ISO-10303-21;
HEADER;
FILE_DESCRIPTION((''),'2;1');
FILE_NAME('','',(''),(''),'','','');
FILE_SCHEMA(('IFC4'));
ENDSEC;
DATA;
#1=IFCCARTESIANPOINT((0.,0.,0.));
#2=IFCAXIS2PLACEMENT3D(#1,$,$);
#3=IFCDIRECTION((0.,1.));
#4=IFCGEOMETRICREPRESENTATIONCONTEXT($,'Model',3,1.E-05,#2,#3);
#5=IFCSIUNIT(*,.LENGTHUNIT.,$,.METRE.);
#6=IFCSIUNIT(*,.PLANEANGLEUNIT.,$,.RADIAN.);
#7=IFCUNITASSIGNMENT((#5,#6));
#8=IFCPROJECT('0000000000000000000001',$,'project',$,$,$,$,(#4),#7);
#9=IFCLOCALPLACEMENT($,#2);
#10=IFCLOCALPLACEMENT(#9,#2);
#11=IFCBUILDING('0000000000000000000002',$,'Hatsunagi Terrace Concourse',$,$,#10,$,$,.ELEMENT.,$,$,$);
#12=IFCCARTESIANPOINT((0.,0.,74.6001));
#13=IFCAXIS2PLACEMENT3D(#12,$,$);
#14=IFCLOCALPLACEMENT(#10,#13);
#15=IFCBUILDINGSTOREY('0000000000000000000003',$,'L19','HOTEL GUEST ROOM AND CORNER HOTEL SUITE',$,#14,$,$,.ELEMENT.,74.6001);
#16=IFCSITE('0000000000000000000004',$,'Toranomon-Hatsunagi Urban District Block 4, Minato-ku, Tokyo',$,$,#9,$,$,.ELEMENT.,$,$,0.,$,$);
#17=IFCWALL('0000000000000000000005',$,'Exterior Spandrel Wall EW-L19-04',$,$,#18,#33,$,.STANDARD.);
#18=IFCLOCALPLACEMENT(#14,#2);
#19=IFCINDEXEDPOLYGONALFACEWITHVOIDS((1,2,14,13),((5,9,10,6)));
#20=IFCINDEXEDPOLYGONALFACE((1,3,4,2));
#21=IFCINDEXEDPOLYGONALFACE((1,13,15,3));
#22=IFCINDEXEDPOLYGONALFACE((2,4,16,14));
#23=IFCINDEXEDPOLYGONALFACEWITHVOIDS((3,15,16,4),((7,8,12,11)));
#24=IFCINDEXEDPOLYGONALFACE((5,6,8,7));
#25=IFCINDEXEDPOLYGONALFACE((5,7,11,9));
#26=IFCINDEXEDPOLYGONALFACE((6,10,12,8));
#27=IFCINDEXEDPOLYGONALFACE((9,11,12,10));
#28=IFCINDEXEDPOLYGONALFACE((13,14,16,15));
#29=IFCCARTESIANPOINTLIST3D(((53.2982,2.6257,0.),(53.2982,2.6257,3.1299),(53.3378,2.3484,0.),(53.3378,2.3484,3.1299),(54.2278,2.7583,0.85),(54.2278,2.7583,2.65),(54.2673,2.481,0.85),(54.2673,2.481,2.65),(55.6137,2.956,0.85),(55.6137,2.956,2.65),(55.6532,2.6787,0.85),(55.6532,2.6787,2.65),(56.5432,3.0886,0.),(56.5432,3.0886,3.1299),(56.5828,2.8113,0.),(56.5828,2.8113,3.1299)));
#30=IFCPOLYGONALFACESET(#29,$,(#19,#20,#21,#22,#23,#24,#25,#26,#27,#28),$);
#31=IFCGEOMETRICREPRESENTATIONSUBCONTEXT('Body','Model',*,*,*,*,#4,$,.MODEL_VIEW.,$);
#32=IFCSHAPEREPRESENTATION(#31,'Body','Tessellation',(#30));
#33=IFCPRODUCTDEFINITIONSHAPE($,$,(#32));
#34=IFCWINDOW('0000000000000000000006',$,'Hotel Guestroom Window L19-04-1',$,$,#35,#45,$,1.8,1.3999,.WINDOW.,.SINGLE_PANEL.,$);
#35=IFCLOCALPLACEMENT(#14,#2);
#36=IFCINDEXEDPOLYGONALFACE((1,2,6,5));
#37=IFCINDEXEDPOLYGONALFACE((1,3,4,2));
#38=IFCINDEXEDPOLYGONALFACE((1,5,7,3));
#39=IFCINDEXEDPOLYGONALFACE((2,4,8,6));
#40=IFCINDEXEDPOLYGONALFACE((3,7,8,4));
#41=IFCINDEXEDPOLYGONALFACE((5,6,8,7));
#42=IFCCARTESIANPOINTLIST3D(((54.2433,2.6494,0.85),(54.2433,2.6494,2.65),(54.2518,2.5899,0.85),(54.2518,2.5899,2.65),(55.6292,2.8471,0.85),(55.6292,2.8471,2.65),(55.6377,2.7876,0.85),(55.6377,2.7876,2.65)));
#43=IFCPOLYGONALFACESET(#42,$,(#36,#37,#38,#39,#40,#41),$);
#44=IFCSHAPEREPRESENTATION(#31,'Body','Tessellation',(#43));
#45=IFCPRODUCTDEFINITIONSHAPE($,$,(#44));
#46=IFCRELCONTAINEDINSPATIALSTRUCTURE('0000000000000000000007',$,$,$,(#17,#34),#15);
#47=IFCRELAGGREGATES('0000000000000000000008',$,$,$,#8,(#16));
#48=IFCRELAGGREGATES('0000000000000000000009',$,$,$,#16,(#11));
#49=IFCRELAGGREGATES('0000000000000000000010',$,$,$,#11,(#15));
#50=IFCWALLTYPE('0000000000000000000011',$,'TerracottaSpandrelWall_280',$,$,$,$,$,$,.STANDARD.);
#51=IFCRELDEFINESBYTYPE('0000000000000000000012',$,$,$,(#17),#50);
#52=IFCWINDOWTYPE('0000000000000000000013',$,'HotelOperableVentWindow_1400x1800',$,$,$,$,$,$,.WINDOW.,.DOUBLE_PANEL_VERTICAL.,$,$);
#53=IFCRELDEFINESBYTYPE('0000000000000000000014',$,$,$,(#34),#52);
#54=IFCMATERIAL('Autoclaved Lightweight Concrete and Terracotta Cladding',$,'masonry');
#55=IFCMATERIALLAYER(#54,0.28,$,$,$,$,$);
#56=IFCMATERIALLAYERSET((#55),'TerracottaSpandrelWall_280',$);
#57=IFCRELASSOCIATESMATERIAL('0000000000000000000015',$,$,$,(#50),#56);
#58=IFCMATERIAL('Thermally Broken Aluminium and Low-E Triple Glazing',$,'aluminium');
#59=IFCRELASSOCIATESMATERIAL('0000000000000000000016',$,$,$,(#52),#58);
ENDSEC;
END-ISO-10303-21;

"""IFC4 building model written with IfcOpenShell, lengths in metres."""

from ifc_helpers import new_model, si_unit, direction, frame, frame_2d, origin, place, context, subcontext, project, spatial, rectangle, extrude, material, layer, layer_set, type_object, element, fill, save


model = new_model("IFC4")

# Units and contexts
model_context = context("Model", 3, precision=1e-05, world=origin(), true_north=direction((0.0, 1.0)))
body_context = subcontext(model_context, "Body", "Model", "MODEL_VIEW")
ifc_project = project(units=[si_unit("LENGTHUNIT", "METRE"), si_unit("PLANEANGLEUNIT", "RADIAN")], contexts=[model_context])

# Site, building, storey
site_placement = place(None, origin())
site = spatial("IfcSite", under=ifc_project, at=site_placement, Name="Toranomon-Hatsunagi Urban District Block 4, Minato-ku, Tokyo", CompositionType="ELEMENT", RefElevation=0.0)
building_placement = place(site_placement, origin())
building = spatial("IfcBuilding", under=site, at=building_placement, Name="Hatsunagi Terrace Concourse", CompositionType="ELEMENT")
storey_placement = place(building_placement, frame((0.0, 0.0, 74.6001)))
storey = spatial("IfcBuildingStorey", under=building, at=storey_placement, Name="L19", Description="HOTEL GUEST ROOM AND CORNER HOTEL SUITE", CompositionType="ELEMENT", Elevation=74.6001)

# Wall, opening, window
ifc_material_1 = material(Name="Autoclaved Lightweight Concrete and Terracotta Cladding", Category="masonry")
ifc_layer_1 = layer(ifc_material_1, 0.28)
ifc_layer_set_1 = layer_set([ifc_layer_1], Name="TerracottaSpandrelWall_280")
wall_type_1 = type_object("IfcWallType", Name="TerracottaSpandrelWall_280", PredefinedType="STANDARD", material=ifc_layer_set_1)
wall_1_placement = place(storey_placement, frame((56.563, 2.95, 0.0), z_axis=(0.0, 0.0, 1.0), x_axis=(-0.989978, -0.141223, 0.0)))
wall_1 = element("IfcWall", 1, at=wall_1_placement, inside=storey, type_object=wall_type_1, Name="Exterior Spandrel Wall EW-L19-04", PredefinedType="STANDARD", context=body_context, shape_type="SweptSolid", body=[
    extrude(rectangle(XDim=3.2778, YDim=0.28, at=frame_2d((1.6389, 0.0))), origin(), (0.0, 0.0, 1.0), 3.1299),
])
opening_1_placement = place(wall_1_placement, frame((0.939, 0.0, 0.8501)))
opening_1 = element("IfcOpeningElement", 2, at=opening_1_placement, cuts=wall_1, PredefinedType="OPENING", context=body_context, shape_type="SweptSolid", body=[
    extrude(rectangle(XDim=1.3999, YDim=1.8, at=frame_2d((0.7, 0.8999))), frame((0.0, 0.1499, 0.0), z_axis=(0.0, -1.0, 0.0), x_axis=(1.0, 0.0, 0.0)), (0.0, 0.0, 1.0), 0.3),
])
ifc_material_2 = material(Name="Thermally Broken Aluminium and Low-E Triple Glazing", Category="aluminium")
window_type = type_object("IfcWindowType", Name="HotelOperableVentWindow_1400x1800", PartitioningType="DOUBLE_PANEL_VERTICAL", PredefinedType="WINDOW", material=ifc_material_2)
window_placement = place(opening_1_placement, origin())
window = element("IfcWindow", 3, at=window_placement, inside=storey, type_object=window_type, Name="Hotel Guestroom Window L19-04-1", OverallHeight=1.8, OverallWidth=1.3999, PartitioningType="SINGLE_PANEL", PredefinedType="WINDOW", context=body_context, shape_type="SweptSolid", body=[
    extrude(rectangle(XDim=1.3999, YDim=1.8, at=frame_2d((0.7, 0.8999))), frame((0.0, 0.03, 0.0), z_axis=(0.0, -1.0, 0.0), x_axis=(1.0, 0.0, 0.0)), (0.0, 0.0, 1.0), 0.0601),
])
fill(opening_1, window)

save(model, "model.ifc")
